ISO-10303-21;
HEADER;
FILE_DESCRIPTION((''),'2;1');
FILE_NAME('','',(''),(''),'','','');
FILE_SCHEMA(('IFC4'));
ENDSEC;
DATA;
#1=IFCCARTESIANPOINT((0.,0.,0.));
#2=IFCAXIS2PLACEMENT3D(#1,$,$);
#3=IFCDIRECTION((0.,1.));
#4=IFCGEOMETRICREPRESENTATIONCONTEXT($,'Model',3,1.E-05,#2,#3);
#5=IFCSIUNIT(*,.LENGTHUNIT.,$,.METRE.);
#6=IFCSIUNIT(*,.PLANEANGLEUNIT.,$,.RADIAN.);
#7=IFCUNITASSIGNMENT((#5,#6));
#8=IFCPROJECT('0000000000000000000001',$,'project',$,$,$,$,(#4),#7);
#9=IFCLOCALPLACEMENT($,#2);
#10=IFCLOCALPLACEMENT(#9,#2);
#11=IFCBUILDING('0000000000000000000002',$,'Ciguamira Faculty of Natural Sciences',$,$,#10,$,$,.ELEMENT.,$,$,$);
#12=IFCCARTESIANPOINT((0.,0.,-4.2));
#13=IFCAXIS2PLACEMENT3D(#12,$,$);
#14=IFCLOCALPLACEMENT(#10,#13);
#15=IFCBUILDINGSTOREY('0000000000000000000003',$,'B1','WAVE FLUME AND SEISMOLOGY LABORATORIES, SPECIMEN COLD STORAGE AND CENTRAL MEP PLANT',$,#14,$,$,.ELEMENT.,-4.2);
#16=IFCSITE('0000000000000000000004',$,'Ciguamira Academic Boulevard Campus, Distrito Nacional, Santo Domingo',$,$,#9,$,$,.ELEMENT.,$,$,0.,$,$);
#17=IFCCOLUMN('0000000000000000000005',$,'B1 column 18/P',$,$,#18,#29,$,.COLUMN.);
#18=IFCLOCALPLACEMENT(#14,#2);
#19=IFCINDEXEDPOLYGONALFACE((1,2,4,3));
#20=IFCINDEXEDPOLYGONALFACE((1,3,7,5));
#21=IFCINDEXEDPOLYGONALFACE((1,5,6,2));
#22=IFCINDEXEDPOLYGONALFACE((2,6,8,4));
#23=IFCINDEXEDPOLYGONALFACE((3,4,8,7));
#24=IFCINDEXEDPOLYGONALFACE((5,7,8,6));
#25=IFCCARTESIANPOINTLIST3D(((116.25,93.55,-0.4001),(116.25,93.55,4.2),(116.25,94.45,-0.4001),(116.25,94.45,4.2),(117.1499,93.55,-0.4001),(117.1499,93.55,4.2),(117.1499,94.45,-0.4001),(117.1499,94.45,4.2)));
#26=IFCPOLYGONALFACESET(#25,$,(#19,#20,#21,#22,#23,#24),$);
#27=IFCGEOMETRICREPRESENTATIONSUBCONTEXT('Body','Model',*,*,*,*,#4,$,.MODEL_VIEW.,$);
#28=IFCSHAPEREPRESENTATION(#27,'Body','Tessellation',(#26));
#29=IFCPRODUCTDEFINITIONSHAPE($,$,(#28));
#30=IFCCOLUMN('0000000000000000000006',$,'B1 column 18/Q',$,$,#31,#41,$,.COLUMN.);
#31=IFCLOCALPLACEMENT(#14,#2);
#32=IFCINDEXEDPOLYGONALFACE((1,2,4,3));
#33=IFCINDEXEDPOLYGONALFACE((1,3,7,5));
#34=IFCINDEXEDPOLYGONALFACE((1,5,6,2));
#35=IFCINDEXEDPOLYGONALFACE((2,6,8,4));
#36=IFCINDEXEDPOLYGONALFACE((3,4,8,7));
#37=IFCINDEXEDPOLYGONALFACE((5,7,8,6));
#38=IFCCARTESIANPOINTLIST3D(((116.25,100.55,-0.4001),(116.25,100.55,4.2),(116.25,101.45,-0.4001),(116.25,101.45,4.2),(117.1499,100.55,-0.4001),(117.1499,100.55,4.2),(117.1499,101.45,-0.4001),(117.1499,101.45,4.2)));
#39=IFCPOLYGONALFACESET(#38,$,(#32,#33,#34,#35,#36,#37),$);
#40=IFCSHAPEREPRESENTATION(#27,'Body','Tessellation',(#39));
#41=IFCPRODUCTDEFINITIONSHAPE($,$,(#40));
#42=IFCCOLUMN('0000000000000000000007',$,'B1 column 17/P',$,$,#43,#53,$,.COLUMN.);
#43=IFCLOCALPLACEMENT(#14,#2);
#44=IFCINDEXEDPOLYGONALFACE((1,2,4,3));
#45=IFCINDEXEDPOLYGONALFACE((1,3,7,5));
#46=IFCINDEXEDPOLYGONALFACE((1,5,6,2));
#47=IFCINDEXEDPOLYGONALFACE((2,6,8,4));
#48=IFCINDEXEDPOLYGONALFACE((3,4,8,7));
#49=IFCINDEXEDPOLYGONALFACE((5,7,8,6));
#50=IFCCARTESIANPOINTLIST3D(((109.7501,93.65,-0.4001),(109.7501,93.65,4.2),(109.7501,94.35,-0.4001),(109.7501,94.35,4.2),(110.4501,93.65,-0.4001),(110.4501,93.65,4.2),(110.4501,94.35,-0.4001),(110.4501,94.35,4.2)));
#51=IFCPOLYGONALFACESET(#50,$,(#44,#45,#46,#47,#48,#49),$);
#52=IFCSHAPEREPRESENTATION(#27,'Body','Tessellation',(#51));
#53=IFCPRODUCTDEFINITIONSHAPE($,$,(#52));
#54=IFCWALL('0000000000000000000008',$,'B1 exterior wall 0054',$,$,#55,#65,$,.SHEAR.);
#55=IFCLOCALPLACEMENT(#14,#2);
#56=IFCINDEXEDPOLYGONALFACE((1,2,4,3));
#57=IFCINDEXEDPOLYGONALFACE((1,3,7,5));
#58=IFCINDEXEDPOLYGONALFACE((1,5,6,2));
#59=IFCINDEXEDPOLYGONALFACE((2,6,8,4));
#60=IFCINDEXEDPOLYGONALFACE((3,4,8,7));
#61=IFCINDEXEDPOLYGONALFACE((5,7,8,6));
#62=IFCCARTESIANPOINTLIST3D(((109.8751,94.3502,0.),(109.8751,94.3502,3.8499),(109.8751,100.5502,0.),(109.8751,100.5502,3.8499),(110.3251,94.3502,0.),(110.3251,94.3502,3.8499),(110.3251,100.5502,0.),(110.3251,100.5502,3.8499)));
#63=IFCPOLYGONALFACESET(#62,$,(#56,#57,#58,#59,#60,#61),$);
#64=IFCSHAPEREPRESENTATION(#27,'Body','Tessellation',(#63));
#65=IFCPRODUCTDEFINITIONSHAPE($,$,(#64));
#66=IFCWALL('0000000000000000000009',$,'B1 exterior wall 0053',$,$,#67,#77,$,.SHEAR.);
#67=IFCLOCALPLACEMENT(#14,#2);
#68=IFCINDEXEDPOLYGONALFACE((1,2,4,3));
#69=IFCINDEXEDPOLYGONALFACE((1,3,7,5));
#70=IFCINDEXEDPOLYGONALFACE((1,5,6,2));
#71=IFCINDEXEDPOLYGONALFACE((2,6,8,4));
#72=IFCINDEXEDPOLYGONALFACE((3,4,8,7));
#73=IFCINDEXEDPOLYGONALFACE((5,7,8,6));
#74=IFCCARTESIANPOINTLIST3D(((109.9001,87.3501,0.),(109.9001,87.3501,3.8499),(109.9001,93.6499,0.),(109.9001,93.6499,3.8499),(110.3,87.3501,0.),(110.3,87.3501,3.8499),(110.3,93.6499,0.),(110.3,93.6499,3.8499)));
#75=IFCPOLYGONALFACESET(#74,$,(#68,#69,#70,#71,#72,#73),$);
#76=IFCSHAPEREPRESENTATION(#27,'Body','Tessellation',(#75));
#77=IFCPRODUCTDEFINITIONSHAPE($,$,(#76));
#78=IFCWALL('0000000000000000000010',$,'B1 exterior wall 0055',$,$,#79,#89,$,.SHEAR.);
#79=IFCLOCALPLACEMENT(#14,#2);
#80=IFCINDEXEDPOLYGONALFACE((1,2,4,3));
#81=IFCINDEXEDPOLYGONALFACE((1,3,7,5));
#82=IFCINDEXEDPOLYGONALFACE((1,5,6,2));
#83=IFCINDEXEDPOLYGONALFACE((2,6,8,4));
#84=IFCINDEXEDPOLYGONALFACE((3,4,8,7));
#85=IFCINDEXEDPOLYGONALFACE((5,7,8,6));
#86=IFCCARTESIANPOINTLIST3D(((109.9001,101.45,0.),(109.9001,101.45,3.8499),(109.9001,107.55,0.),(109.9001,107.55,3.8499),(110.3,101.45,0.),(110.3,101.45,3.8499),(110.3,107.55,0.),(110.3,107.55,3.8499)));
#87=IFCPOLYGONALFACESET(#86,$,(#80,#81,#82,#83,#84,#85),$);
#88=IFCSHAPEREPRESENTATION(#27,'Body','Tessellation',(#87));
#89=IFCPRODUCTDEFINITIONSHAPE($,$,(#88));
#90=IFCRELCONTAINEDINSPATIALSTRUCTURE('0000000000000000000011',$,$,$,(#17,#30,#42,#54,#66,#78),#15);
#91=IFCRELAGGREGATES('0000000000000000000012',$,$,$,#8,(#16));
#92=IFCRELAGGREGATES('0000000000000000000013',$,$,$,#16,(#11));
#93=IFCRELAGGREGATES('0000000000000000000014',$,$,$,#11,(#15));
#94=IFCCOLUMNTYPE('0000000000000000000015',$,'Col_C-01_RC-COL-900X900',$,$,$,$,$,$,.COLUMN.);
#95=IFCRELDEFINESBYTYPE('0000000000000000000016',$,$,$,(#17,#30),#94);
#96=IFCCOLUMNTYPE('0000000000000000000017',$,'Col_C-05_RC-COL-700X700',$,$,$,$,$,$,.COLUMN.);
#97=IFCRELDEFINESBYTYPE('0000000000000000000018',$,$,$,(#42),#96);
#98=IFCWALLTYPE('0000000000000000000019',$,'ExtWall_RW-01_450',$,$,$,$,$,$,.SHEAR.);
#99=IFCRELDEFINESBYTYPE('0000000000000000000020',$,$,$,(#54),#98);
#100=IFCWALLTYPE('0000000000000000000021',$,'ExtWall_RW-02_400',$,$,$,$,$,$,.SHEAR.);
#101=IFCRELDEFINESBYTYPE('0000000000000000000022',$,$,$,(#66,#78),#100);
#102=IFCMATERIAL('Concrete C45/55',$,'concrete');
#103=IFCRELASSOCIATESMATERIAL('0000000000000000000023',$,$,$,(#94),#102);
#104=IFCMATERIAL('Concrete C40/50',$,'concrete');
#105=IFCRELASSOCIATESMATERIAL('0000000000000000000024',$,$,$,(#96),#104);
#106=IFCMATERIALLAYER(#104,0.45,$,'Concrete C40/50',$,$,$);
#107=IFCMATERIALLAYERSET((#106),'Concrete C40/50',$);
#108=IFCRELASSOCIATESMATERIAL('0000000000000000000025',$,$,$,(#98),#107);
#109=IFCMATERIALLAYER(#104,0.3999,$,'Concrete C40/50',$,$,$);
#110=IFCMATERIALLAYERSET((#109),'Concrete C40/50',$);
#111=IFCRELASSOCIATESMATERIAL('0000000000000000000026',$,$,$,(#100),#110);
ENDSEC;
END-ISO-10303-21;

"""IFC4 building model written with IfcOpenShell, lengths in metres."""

from ifc_helpers import new_model, si_unit, direction, frame, frame_2d, origin, origin_2d, place, context, subcontext, project, spatial, rectangle, extrude, material, layer, layer_set, material_profile, profile_set, type_object, element, save


model = new_model("IFC4")

# Units and contexts
model_context = context("Model", 3, precision=1e-05, world=origin(), true_north=direction((0.0, 1.0)))
body_context = subcontext(model_context, "Body", "Model", "MODEL_VIEW")
ifc_project = project(units=[si_unit("LENGTHUNIT", "METRE"), si_unit("PLANEANGLEUNIT", "RADIAN")], contexts=[model_context])

# Site, building, storey
site_placement = place(None, origin())
site = spatial("IfcSite", under=ifc_project, at=site_placement, Name="Ciguamira Academic Boulevard Campus, Distrito Nacional, Santo Domingo", CompositionType="ELEMENT", RefElevation=0.0)
building_placement = place(site_placement, origin())
building = spatial("IfcBuilding", under=site, at=building_placement, Name="Ciguamira Faculty of Natural Sciences", CompositionType="ELEMENT")
storey_placement = place(building_placement, frame((0.0, 0.0, -4.2)))
storey = spatial("IfcBuildingStorey", under=building, at=storey_placement, Name="B1", Description="WAVE FLUME AND SEISMOLOGY LABORATORIES, SPECIMEN COLD STORAGE AND CENTRAL MEP PLANT", CompositionType="ELEMENT", Elevation=-4.2)

# Columns
ifc_material_1 = material(Name="Concrete C45/55", Category="concrete")
ifc_material_profile_1 = material_profile(ifc_material_1, rectangle(XDim=0.8999, YDim=0.8999, at=origin_2d()), Name="RC-COL-900X900")
ifc_profile_set_1 = profile_set([ifc_material_profile_1], Name="Concrete C45/55")
column_type_1 = type_object("IfcColumnType", Name="Col_C-01_RC-COL-900X900", PredefinedType="COLUMN", material=ifc_profile_set_1)
for number, where, z_axis, x_axis, name in (
    (1, (116.7, 94.0, -0.4001), (0.0, 0.0, 1.0), (1.0, 0.0, 0.0), "B1 column 18/P"),
    (2, (116.7, 101.0, -0.4001), (0.0, 0.0, 1.0), (1.0, 0.0, 0.0), "B1 column 18/Q"),
):
    element("IfcColumn", number, at=place(storey_placement, frame(where, z_axis=z_axis, x_axis=x_axis)), inside=storey, type_object=column_type_1, Name=name, PredefinedType="COLUMN", context=body_context, shape_type="SweptSolid", body=[
        extrude(rectangle(XDim=0.8999, YDim=0.8999, at=origin_2d()), origin(), (0.0, 0.0, 1.0), 4.6001),
    ])
ifc_material_2 = material(Name="Concrete C40/50", Category="concrete")
ifc_material_profile_2 = material_profile(ifc_material_2, rectangle(XDim=0.7, YDim=0.7, at=origin_2d()), Name="RC-COL-700X700")
ifc_profile_set_2 = profile_set([ifc_material_profile_2], Name="Concrete C40/50")
column_type_2 = type_object("IfcColumnType", Name="Col_C-05_RC-COL-700X700", PredefinedType="COLUMN", material=ifc_profile_set_2)
column_placement = place(storey_placement, frame((110.1001, 94.0, -0.4001), z_axis=(0.0, 0.0, 1.0), x_axis=(1.0, 0.0, 0.0)))
element("IfcColumn", 3, at=column_placement, inside=storey, type_object=column_type_2, Name="B1 column 17/P", PredefinedType="COLUMN", context=body_context, shape_type="SweptSolid", body=[
    extrude(rectangle(XDim=0.7, YDim=0.7, at=origin_2d()), origin(), (0.0, 0.0, 1.0), 4.6001),
])

# Walls
ifc_layer_1 = layer(ifc_material_2, 0.45, Name="Concrete C40/50")
ifc_layer_set_1 = layer_set([ifc_layer_1], Name="Concrete C40/50")
wall_type_1 = type_object("IfcWallType", Name="ExtWall_RW-01_450", PredefinedType="SHEAR", material=ifc_layer_set_1)
wall_1_placement = place(storey_placement, frame((110.1001, 94.3501, 0.0), z_axis=(0.0, 0.0, 1.0), x_axis=(0.0, 1.0, 0.0)))
element("IfcWall", 4, at=wall_1_placement, inside=storey, type_object=wall_type_1, Name="B1 exterior wall 0054", PredefinedType="SHEAR", context=body_context, shape_type="SweptSolid", body=[
    extrude(rectangle(XDim=6.2, YDim=0.45, at=frame_2d((3.1001, 0.0))), origin(), (0.0, 0.0, 1.0), 3.8499),
])
ifc_layer_2 = layer(ifc_material_2, 0.3999, Name="Concrete C40/50")
ifc_layer_set_2 = layer_set([ifc_layer_2], Name="Concrete C40/50")
wall_type_2 = type_object("IfcWallType", Name="ExtWall_RW-02_400", PredefinedType="SHEAR", material=ifc_layer_set_2)
wall_2_placement = place(storey_placement, frame((110.1001, 87.3501, 0.0), z_axis=(0.0, 0.0, 1.0), x_axis=(0.0, 1.0, 0.0)))
element("IfcWall", 5, at=wall_2_placement, inside=storey, type_object=wall_type_2, Name="B1 exterior wall 0053", PredefinedType="SHEAR", context=body_context, shape_type="SweptSolid", body=[
    extrude(rectangle(XDim=6.2998, YDim=0.3999, at=frame_2d((3.1499, 0.0))), origin(), (0.0, 0.0, 1.0), 3.8499),
])
wall_3_placement = place(storey_placement, frame((110.1001, 101.45, 0.0), z_axis=(0.0, 0.0, 1.0), x_axis=(0.0, 1.0, 0.0)))
element("IfcWall", 6, at=wall_3_placement, inside=storey, type_object=wall_type_2, Name="B1 exterior wall 0055", PredefinedType="SHEAR", context=body_context, shape_type="SweptSolid", body=[
    extrude(rectangle(XDim=6.1001, YDim=0.3999, at=frame_2d((3.05, 0.0))), origin(), (0.0, 0.0, 1.0), 3.8499),
])

save(model, "model.ifc")
